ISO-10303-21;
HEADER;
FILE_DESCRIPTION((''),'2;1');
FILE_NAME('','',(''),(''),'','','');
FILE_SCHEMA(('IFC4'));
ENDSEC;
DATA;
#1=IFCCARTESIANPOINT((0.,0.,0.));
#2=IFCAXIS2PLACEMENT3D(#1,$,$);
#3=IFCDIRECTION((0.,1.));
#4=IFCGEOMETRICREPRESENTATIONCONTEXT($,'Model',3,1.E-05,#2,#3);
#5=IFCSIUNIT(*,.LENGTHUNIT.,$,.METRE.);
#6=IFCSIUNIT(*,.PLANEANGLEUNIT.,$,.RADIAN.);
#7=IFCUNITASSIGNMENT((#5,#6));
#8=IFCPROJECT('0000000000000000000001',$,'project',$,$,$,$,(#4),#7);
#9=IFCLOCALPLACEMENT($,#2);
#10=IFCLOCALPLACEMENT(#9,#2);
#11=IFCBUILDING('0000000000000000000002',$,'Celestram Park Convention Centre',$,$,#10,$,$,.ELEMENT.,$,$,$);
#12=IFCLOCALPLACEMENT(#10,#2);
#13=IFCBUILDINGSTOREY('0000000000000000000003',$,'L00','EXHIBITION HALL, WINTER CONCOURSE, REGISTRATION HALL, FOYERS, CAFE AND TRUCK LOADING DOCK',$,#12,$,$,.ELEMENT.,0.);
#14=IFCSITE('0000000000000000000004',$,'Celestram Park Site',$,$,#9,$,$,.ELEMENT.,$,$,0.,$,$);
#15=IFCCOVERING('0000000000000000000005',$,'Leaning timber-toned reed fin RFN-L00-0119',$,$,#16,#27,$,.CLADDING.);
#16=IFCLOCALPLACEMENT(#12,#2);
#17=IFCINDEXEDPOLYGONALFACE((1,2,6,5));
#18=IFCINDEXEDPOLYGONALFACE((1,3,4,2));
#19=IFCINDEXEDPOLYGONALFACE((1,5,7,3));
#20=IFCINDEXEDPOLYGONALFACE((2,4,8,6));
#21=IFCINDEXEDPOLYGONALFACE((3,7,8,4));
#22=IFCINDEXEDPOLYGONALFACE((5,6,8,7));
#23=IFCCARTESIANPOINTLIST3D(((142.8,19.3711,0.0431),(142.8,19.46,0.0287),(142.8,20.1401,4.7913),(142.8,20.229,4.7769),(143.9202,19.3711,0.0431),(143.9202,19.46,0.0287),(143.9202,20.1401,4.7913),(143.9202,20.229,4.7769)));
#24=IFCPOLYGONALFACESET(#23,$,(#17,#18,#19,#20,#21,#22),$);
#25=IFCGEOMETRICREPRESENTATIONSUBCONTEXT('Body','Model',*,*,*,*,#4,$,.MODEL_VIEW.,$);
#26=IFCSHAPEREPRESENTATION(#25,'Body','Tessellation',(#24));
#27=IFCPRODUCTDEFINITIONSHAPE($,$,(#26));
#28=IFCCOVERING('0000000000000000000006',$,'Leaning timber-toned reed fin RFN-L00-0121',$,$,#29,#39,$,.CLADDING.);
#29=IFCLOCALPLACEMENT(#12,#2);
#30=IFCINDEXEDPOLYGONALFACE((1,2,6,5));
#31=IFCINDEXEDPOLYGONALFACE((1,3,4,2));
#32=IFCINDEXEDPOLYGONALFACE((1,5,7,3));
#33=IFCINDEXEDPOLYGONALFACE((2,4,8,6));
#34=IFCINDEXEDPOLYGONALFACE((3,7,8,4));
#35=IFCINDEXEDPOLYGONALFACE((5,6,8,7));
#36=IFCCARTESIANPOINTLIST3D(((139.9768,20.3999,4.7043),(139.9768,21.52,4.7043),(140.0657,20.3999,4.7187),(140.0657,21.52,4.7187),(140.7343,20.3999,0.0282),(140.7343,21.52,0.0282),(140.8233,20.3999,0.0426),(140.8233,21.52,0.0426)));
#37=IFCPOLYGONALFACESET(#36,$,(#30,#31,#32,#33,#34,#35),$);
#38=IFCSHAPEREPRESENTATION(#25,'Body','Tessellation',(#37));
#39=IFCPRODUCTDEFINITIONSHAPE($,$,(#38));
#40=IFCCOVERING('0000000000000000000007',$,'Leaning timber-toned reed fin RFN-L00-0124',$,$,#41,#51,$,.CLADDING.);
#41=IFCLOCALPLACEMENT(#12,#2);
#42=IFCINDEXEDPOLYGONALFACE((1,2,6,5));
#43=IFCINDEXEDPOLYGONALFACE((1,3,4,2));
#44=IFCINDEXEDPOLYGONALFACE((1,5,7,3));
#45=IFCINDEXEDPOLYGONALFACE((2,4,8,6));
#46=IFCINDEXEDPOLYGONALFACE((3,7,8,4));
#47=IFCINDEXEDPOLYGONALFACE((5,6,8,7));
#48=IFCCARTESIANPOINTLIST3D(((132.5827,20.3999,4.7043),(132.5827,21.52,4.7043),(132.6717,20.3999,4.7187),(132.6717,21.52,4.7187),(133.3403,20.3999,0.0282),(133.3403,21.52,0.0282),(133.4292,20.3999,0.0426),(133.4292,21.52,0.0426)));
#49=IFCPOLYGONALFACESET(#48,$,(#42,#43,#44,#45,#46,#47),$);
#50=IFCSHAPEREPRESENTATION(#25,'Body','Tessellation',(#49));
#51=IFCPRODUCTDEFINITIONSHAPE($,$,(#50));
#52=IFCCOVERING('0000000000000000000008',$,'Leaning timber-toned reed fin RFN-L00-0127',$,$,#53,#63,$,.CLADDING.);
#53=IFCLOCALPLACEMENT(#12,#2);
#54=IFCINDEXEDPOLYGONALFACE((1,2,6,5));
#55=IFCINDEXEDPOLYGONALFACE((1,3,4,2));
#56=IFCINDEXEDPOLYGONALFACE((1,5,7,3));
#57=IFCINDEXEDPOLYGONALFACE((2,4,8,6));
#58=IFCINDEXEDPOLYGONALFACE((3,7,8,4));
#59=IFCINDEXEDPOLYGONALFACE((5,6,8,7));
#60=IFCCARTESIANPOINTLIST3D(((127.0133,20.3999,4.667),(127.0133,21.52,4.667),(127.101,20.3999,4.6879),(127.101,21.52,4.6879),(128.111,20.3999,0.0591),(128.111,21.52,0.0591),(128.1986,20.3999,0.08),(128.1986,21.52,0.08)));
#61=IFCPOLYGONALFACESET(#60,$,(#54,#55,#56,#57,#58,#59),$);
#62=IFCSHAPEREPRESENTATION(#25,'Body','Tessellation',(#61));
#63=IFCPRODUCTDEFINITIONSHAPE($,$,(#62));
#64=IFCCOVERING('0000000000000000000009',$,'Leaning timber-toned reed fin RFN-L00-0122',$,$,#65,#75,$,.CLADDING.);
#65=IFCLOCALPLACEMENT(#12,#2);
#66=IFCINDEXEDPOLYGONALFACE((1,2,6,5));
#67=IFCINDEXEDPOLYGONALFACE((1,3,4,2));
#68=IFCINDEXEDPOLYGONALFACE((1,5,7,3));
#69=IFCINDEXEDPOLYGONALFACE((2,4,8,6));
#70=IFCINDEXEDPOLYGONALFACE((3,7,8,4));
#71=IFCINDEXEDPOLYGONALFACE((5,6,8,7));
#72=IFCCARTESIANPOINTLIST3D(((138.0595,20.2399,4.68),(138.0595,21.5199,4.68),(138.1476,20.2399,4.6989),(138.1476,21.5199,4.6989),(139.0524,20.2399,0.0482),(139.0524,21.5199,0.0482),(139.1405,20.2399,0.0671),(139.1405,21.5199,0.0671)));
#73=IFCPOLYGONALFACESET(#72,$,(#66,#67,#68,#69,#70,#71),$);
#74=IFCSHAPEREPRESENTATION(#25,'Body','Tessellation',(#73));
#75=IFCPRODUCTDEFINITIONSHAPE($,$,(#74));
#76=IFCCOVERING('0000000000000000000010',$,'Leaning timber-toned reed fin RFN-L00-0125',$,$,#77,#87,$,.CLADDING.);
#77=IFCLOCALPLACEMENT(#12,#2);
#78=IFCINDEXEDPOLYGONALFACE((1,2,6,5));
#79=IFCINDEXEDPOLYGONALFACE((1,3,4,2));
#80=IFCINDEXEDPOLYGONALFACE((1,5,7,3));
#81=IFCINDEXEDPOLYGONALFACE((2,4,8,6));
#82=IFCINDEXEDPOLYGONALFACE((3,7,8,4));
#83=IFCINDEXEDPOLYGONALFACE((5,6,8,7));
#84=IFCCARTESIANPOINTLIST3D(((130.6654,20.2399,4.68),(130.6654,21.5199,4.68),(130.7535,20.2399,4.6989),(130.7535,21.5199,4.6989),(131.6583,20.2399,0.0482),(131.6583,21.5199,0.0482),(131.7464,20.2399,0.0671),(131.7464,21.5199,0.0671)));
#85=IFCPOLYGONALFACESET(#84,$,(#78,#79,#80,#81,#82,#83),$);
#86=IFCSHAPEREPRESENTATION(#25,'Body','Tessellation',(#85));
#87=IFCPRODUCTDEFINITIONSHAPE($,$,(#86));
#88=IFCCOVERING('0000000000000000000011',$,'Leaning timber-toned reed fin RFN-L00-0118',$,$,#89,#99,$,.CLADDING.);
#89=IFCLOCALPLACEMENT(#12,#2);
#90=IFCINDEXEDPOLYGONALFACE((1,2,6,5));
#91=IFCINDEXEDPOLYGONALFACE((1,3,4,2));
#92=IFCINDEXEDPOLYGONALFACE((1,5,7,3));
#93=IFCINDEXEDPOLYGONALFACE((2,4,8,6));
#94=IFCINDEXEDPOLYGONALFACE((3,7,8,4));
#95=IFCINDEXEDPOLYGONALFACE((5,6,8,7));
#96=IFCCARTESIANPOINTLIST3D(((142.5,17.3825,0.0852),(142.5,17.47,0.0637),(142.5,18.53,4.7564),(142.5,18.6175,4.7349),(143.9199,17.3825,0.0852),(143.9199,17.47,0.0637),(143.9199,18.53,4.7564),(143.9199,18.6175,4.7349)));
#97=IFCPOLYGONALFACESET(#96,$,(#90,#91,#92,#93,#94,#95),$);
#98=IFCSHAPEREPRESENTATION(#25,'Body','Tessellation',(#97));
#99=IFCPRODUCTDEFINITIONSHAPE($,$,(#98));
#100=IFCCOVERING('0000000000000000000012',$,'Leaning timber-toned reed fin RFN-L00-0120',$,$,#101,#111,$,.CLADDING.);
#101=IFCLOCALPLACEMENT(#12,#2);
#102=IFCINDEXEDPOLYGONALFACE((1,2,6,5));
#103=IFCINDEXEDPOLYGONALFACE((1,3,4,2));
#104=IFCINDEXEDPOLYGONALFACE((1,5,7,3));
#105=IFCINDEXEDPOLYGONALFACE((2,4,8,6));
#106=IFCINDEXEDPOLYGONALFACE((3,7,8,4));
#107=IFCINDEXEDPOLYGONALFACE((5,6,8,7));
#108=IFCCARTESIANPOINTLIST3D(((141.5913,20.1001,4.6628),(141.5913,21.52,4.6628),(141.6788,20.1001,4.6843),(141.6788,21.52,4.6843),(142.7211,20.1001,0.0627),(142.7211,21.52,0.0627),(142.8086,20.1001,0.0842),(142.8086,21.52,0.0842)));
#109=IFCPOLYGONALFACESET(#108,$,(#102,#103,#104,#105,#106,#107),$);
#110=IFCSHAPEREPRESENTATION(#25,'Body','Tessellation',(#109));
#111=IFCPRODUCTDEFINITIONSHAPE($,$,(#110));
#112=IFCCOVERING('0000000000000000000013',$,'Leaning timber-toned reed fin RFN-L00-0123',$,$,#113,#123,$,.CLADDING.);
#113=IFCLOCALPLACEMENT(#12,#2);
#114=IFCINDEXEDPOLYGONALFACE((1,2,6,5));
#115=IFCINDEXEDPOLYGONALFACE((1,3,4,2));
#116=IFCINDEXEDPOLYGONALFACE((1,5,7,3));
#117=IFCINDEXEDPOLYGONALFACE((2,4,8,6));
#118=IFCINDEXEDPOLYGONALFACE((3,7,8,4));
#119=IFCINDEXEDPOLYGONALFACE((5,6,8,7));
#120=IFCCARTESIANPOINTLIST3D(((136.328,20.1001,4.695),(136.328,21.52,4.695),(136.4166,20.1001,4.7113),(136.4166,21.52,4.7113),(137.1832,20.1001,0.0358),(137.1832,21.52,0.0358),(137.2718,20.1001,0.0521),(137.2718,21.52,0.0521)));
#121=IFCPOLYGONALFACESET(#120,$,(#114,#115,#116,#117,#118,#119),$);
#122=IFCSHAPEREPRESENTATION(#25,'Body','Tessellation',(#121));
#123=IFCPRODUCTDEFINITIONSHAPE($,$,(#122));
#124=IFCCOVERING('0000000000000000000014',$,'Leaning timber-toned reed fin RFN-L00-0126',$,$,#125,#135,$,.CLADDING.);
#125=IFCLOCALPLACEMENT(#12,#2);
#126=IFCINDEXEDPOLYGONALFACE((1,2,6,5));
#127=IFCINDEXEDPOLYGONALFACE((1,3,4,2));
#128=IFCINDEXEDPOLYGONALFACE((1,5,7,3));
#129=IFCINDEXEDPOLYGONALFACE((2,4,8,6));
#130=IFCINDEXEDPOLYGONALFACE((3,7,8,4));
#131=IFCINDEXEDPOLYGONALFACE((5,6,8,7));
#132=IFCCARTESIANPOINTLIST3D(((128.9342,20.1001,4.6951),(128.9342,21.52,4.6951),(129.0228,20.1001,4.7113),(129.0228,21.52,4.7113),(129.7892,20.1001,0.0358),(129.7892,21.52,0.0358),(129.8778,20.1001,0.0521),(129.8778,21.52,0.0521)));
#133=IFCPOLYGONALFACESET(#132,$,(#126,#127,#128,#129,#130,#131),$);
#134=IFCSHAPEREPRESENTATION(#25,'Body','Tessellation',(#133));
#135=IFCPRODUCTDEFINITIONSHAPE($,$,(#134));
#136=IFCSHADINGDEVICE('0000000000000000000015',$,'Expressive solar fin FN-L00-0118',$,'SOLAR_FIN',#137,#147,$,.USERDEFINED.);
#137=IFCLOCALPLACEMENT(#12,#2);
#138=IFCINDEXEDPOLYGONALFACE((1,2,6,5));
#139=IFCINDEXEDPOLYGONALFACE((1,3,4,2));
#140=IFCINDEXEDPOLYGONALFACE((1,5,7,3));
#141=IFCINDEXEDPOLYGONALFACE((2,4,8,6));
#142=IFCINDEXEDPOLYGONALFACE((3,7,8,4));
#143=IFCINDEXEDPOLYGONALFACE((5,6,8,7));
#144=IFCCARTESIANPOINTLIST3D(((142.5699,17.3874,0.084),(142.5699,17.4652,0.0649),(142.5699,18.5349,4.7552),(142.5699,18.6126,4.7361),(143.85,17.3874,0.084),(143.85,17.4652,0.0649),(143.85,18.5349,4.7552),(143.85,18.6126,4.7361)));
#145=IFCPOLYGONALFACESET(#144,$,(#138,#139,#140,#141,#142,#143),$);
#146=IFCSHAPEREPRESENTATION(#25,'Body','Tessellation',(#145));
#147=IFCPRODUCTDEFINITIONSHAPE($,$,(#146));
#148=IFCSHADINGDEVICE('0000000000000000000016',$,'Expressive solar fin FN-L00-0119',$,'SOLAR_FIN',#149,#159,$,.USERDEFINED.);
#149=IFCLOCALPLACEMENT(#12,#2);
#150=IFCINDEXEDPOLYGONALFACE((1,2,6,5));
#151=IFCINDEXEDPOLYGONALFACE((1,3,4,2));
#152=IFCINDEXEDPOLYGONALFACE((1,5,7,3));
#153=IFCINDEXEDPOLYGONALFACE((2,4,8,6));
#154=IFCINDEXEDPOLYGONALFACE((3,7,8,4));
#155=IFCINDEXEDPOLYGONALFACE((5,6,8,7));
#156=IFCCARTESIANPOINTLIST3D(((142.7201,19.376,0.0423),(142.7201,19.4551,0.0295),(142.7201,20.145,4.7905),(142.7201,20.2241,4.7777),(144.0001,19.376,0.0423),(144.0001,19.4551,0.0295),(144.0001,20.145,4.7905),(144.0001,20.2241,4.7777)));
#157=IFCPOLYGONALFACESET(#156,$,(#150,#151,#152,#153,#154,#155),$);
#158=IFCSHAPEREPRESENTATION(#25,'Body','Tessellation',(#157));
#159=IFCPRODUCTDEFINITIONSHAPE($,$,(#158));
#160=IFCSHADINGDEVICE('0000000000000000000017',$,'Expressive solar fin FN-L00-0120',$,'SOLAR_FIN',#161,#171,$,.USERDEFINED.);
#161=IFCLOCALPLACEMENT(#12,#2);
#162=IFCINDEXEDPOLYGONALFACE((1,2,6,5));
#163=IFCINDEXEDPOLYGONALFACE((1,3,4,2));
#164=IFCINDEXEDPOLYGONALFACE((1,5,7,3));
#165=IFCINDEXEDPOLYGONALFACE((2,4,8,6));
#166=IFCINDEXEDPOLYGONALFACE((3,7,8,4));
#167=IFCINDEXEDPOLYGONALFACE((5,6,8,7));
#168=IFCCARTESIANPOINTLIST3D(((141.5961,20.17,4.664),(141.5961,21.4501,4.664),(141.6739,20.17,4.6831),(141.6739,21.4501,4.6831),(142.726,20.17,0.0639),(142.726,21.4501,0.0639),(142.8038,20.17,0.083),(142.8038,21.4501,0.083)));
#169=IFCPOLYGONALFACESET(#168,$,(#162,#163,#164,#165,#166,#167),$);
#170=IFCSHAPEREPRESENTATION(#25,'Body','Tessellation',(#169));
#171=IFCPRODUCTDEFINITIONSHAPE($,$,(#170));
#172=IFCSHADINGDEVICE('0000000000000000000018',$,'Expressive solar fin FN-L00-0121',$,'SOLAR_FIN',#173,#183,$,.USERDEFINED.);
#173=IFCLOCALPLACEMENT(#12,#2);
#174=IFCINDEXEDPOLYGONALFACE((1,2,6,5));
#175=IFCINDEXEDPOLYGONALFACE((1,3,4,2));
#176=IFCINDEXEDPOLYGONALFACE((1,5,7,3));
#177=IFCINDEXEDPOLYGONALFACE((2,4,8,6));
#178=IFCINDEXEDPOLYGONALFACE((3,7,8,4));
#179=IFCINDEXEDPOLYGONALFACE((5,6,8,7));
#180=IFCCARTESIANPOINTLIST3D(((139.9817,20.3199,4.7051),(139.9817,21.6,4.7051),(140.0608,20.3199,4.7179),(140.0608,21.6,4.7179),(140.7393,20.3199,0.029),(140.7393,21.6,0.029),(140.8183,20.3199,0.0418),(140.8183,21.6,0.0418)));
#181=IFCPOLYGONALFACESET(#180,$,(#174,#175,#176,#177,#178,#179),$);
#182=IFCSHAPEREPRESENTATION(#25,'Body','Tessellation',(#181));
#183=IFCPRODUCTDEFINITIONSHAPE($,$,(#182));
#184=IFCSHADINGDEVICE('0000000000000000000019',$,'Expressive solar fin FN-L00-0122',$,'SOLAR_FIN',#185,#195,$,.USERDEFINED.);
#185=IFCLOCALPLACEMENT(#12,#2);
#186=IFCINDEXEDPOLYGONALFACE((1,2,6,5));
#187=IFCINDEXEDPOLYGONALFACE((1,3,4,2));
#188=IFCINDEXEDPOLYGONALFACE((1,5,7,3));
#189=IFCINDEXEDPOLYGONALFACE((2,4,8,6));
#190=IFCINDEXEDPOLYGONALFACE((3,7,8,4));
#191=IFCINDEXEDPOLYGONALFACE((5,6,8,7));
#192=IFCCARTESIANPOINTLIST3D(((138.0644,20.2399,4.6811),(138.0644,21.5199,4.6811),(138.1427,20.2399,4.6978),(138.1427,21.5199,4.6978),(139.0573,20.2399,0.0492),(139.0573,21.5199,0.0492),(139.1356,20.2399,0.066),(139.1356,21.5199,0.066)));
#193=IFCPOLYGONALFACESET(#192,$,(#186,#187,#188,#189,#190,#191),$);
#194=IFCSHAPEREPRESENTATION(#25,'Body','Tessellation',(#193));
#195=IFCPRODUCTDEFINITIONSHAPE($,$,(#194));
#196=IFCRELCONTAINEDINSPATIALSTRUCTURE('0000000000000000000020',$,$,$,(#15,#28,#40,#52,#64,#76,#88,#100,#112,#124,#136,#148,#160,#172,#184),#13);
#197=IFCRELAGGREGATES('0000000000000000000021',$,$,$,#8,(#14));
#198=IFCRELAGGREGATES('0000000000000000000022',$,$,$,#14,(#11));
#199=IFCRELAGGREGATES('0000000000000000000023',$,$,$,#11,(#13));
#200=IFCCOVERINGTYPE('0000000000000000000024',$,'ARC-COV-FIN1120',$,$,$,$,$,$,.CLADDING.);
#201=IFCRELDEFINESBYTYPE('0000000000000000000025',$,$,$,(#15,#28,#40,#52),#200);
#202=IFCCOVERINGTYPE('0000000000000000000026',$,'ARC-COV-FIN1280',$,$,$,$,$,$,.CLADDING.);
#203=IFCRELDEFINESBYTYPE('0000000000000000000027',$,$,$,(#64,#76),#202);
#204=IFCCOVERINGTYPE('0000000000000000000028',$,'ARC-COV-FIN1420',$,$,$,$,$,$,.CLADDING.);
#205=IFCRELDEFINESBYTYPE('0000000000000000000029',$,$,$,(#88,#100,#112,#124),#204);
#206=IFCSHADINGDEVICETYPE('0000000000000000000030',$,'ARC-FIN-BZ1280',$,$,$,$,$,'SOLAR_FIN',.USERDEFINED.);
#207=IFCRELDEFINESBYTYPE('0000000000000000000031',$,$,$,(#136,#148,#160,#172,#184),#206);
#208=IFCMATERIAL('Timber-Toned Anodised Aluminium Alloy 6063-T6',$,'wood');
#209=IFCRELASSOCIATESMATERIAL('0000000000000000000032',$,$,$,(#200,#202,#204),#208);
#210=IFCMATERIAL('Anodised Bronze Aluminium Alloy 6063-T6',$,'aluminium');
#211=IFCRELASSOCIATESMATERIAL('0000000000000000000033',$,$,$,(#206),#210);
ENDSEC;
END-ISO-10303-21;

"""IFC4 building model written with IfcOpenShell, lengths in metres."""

from ifc_helpers import new_model, si_unit, direction, frame, origin, origin_2d, place, context, subcontext, project, spatial, rectangle, extrude, material, material_profile, profile_set, type_object, element, save


model = new_model("IFC4")

# Units and contexts
model_context = context("Model", 3, precision=1e-05, world=origin(), true_north=direction((0.0, 1.0)))
body_context = subcontext(model_context, "Body", "Model", "MODEL_VIEW")
ifc_project = project(units=[si_unit("LENGTHUNIT", "METRE"), si_unit("PLANEANGLEUNIT", "RADIAN")], contexts=[model_context])

# Site, building, storey
site_placement = place(None, origin())
site = spatial("IfcSite", under=ifc_project, at=site_placement, Name="Celestram Park Site", CompositionType="ELEMENT", RefElevation=0.0)
building_placement = place(site_placement, origin())
building = spatial("IfcBuilding", under=site, at=building_placement, Name="Celestram Park Convention Centre", CompositionType="ELEMENT")
storey_placement = place(building_placement, origin())
storey = spatial("IfcBuildingStorey", under=building, at=storey_placement, Name="L00", Description="EXHIBITION HALL, WINTER CONCOURSE, REGISTRATION HALL, FOYERS, CAFE AND TRUCK LOADING DOCK", CompositionType="ELEMENT", Elevation=0.0)

# Coverings
ifc_material_1 = material(Name="Timber-Toned Anodised Aluminium Alloy 6063-T6", Category="wood")
ifc_material_profile_1 = material_profile(ifc_material_1, rectangle(XDim=1.1201, YDim=0.0901, at=origin_2d()), Name="REED1120X90")
ifc_profile_set_1 = profile_set([ifc_material_profile_1], Name="Timber-Toned Anodised Aluminium Alloy 6063-T6")
covering_type_1 = type_object("IfcCoveringType", Name="ARC-COV-FIN1120", PredefinedType="CLADDING", material=ifc_profile_set_1)
covering_1_placement = place(storey_placement, frame((143.3601, 19.4155, 0.0359), z_axis=(0.0, 0.159879, 0.987137), x_axis=(-1.0, 0.0, 0.0)))
element("IfcCovering", 1, at=covering_1_placement, inside=storey, type_object=covering_type_1, Name="Leaning timber-toned reed fin RFN-L00-0119", PredefinedType="CLADDING", context=body_context, shape_type="SweptSolid", body=[
    extrude(rectangle(XDim=1.1201, YDim=0.0901, at=origin_2d()), origin(), (0.0, 0.0, 1.0), 4.8101),
])
for number, where, z_axis, x_axis, name in (
    (2, (140.7788, 20.96, 0.0354), (-0.159926, 0.0, 0.987129), (0.0, -1.0, 0.0), "Leaning timber-toned reed fin RFN-L00-0121"),
    (3, (133.3848, 20.96, 0.0354), (-0.159926, 0.0, 0.987129), (0.0, -1.0, 0.0), "Leaning timber-toned reed fin RFN-L00-0124"),
):
    element("IfcCovering", number, at=place(storey_placement, frame(where, z_axis=z_axis, x_axis=x_axis)), inside=storey, type_object=covering_type_1, Name=name, PredefinedType="CLADDING", context=body_context, shape_type="SweptSolid", body=[
        extrude(rectangle(XDim=1.1201, YDim=0.0901, at=origin_2d()), origin(), (0.0, 0.0, 1.0), 4.7371),
    ])
covering_2_placement = place(storey_placement, frame((128.1548, 20.96, 0.0696), z_axis=(-0.231727, 0.0, 0.972781), x_axis=(0.0, -1.0, 0.0)))
element("IfcCovering", 4, at=covering_2_placement, inside=storey, type_object=covering_type_1, Name="Leaning timber-toned reed fin RFN-L00-0127", PredefinedType="CLADDING", context=body_context, shape_type="SweptSolid", body=[
    extrude(rectangle(XDim=1.1201, YDim=0.0901, at=origin_2d()), origin(), (0.0, 0.0, 1.0), 4.7368),
])
ifc_material_profile_2 = material_profile(ifc_material_1, rectangle(XDim=1.28, YDim=0.0901, at=origin_2d()), Name="REED1280X90")
ifc_profile_set_2 = profile_set([ifc_material_profile_2], Name="Timber-Toned Anodised Aluminium Alloy 6063-T6")
covering_type_2 = type_object("IfcCoveringType", Name="ARC-COV-FIN1280", PredefinedType="CLADDING", material=ifc_profile_set_2)
for number, where, z_axis, x_axis, name in (
    (5, (139.0964, 20.8799, 0.0576), (-0.209607, 0.0, 0.977786), (0.0, -1.0, 0.0), "Leaning timber-toned reed fin RFN-L00-0122"),
    (6, (131.7024, 20.8799, 0.0576), (-0.209607, 0.0, 0.977786), (0.0, -1.0, 0.0), "Leaning timber-toned reed fin RFN-L00-0125"),
):
    element("IfcCovering", number, at=place(storey_placement, frame(where, z_axis=z_axis, x_axis=x_axis)), inside=storey, type_object=covering_type_2, Name=name, PredefinedType="CLADDING", context=body_context, shape_type="SweptSolid", body=[
        extrude(rectangle(XDim=1.28, YDim=0.0901, at=origin_2d()), origin(), (0.0, 0.0, 1.0), 4.7371),
    ])
ifc_material_profile_3 = material_profile(ifc_material_1, rectangle(XDim=1.4199, YDim=0.0901, at=origin_2d()), Name="REED1420X90")
ifc_profile_set_3 = profile_set([ifc_material_profile_3], Name="Timber-Toned Anodised Aluminium Alloy 6063-T6")
covering_type_3 = type_object("IfcCoveringType", Name="ARC-COV-FIN1420", PredefinedType="CLADDING", material=ifc_profile_set_3)
covering_3_placement = place(storey_placement, frame((143.21, 17.4263, 0.0745), z_axis=(0.0, 0.238557, 0.971129), x_axis=(-1.0, 0.0, 0.0)))
element("IfcCovering", 7, at=covering_3_placement, inside=storey, type_object=covering_type_3, Name="Leaning timber-toned reed fin RFN-L00-0118", PredefinedType="CLADDING", context=body_context, shape_type="SweptSolid", body=[
    extrude(rectangle(XDim=1.4199, YDim=0.0901, at=origin_2d()), origin(), (0.0, 0.0, 1.0), 4.8101),
])
covering_4_placement = place(storey_placement, frame((142.7649, 20.8101, 0.0735), z_axis=(-0.238532, 0.0, 0.971135), x_axis=(0.0, -1.0, 0.0)))
element("IfcCovering", 8, at=covering_4_placement, inside=storey, type_object=covering_type_3, Name="Leaning timber-toned reed fin RFN-L00-0120", PredefinedType="CLADDING", context=body_context, shape_type="SweptSolid", body=[
    extrude(rectangle(XDim=1.4199, YDim=0.0901, at=origin_2d()), origin(), (0.0, 0.0, 1.0), 4.7368),
])
for number, where, z_axis, x_axis, name in (
    (9, (137.2275, 20.8101, 0.0439), (-0.180541, 0.0, 0.983568), (0.0, -1.0, 0.0), "Leaning timber-toned reed fin RFN-L00-0123"),
    (10, (129.8335, 20.8101, 0.0439), (-0.180491, 0.0, 0.983577), (0.0, -1.0, 0.0), "Leaning timber-toned reed fin RFN-L00-0126"),
):
    element("IfcCovering", number, at=place(storey_placement, frame(where, z_axis=z_axis, x_axis=x_axis)), inside=storey, type_object=covering_type_3, Name=name, PredefinedType="CLADDING", context=body_context, shape_type="SweptSolid", body=[
        extrude(rectangle(XDim=1.4199, YDim=0.0901, at=origin_2d()), origin(), (0.0, 0.0, 1.0), 4.7371),
    ])

# Shading devices
ifc_material_2 = material(Name="Anodised Bronze Aluminium Alloy 6063-T6", Category="aluminium")
ifc_material_profile_4 = material_profile(ifc_material_2, rectangle(XDim=1.28, YDim=0.0801, at=origin_2d()), Name="FIN1280X80")
ifc_profile_set_4 = profile_set([ifc_material_profile_4], Name="Anodised Bronze Aluminium Alloy 6063-T6")
shading_device_type = type_object("IfcShadingDeviceType", Name="ARC-FIN-BZ1280", ElementType="SOLAR_FIN", PredefinedType="USERDEFINED", material=ifc_profile_set_4)
for number, where, z_axis, x_axis, name in (
    (11, (143.21, 17.4263, 0.0745), (0.0, 0.238557, 0.971129), (-1.0, 0.0, 0.0), "Expressive solar fin FN-L00-0118"),
    (12, (143.3601, 19.4155, 0.0359), (0.0, 0.159879, 0.987137), (-1.0, 0.0, 0.0), "Expressive solar fin FN-L00-0119"),
):
    element("IfcShadingDevice", number, at=place(storey_placement, frame(where, z_axis=z_axis, x_axis=x_axis)), inside=storey, type_object=shading_device_type, Name=name, ObjectType="SOLAR_FIN", PredefinedType="USERDEFINED", context=body_context, shape_type="SweptSolid", body=[
        extrude(rectangle(XDim=1.28, YDim=0.0801, at=origin_2d()), origin(), (0.0, 0.0, 1.0), 4.8101),
    ])
shading_device_1_placement = place(storey_placement, frame((142.7649, 20.8101, 0.0735), z_axis=(-0.238532, 0.0, 0.971135), x_axis=(0.0, -1.0, 0.0)))
element("IfcShadingDevice", 13, at=shading_device_1_placement, inside=storey, type_object=shading_device_type, Name="Expressive solar fin FN-L00-0120", ObjectType="SOLAR_FIN", PredefinedType="USERDEFINED", context=body_context, shape_type="SweptSolid", body=[
    extrude(rectangle(XDim=1.28, YDim=0.0801, at=origin_2d()), origin(), (0.0, 0.0, 1.0), 4.7368),
])
for number, where, z_axis, x_axis, name in (
    (14, (140.7788, 20.96, 0.0354), (-0.159926, 0.0, 0.987129), (0.0, -1.0, 0.0), "Expressive solar fin FN-L00-0121"),
    (15, (139.0964, 20.8799, 0.0576), (-0.209607, 0.0, 0.977786), (0.0, -1.0, 0.0), "Expressive solar fin FN-L00-0122"),
):
    element("IfcShadingDevice", number, at=place(storey_placement, frame(where, z_axis=z_axis, x_axis=x_axis)), inside=storey, type_object=shading_device_type, Name=name, ObjectType="SOLAR_FIN", PredefinedType="USERDEFINED", context=body_context, shape_type="SweptSolid", body=[
        extrude(rectangle(XDim=1.28, YDim=0.0801, at=origin_2d()), origin(), (0.0, 0.0, 1.0), 4.7371),
    ])

save(model, "model.ifc")
